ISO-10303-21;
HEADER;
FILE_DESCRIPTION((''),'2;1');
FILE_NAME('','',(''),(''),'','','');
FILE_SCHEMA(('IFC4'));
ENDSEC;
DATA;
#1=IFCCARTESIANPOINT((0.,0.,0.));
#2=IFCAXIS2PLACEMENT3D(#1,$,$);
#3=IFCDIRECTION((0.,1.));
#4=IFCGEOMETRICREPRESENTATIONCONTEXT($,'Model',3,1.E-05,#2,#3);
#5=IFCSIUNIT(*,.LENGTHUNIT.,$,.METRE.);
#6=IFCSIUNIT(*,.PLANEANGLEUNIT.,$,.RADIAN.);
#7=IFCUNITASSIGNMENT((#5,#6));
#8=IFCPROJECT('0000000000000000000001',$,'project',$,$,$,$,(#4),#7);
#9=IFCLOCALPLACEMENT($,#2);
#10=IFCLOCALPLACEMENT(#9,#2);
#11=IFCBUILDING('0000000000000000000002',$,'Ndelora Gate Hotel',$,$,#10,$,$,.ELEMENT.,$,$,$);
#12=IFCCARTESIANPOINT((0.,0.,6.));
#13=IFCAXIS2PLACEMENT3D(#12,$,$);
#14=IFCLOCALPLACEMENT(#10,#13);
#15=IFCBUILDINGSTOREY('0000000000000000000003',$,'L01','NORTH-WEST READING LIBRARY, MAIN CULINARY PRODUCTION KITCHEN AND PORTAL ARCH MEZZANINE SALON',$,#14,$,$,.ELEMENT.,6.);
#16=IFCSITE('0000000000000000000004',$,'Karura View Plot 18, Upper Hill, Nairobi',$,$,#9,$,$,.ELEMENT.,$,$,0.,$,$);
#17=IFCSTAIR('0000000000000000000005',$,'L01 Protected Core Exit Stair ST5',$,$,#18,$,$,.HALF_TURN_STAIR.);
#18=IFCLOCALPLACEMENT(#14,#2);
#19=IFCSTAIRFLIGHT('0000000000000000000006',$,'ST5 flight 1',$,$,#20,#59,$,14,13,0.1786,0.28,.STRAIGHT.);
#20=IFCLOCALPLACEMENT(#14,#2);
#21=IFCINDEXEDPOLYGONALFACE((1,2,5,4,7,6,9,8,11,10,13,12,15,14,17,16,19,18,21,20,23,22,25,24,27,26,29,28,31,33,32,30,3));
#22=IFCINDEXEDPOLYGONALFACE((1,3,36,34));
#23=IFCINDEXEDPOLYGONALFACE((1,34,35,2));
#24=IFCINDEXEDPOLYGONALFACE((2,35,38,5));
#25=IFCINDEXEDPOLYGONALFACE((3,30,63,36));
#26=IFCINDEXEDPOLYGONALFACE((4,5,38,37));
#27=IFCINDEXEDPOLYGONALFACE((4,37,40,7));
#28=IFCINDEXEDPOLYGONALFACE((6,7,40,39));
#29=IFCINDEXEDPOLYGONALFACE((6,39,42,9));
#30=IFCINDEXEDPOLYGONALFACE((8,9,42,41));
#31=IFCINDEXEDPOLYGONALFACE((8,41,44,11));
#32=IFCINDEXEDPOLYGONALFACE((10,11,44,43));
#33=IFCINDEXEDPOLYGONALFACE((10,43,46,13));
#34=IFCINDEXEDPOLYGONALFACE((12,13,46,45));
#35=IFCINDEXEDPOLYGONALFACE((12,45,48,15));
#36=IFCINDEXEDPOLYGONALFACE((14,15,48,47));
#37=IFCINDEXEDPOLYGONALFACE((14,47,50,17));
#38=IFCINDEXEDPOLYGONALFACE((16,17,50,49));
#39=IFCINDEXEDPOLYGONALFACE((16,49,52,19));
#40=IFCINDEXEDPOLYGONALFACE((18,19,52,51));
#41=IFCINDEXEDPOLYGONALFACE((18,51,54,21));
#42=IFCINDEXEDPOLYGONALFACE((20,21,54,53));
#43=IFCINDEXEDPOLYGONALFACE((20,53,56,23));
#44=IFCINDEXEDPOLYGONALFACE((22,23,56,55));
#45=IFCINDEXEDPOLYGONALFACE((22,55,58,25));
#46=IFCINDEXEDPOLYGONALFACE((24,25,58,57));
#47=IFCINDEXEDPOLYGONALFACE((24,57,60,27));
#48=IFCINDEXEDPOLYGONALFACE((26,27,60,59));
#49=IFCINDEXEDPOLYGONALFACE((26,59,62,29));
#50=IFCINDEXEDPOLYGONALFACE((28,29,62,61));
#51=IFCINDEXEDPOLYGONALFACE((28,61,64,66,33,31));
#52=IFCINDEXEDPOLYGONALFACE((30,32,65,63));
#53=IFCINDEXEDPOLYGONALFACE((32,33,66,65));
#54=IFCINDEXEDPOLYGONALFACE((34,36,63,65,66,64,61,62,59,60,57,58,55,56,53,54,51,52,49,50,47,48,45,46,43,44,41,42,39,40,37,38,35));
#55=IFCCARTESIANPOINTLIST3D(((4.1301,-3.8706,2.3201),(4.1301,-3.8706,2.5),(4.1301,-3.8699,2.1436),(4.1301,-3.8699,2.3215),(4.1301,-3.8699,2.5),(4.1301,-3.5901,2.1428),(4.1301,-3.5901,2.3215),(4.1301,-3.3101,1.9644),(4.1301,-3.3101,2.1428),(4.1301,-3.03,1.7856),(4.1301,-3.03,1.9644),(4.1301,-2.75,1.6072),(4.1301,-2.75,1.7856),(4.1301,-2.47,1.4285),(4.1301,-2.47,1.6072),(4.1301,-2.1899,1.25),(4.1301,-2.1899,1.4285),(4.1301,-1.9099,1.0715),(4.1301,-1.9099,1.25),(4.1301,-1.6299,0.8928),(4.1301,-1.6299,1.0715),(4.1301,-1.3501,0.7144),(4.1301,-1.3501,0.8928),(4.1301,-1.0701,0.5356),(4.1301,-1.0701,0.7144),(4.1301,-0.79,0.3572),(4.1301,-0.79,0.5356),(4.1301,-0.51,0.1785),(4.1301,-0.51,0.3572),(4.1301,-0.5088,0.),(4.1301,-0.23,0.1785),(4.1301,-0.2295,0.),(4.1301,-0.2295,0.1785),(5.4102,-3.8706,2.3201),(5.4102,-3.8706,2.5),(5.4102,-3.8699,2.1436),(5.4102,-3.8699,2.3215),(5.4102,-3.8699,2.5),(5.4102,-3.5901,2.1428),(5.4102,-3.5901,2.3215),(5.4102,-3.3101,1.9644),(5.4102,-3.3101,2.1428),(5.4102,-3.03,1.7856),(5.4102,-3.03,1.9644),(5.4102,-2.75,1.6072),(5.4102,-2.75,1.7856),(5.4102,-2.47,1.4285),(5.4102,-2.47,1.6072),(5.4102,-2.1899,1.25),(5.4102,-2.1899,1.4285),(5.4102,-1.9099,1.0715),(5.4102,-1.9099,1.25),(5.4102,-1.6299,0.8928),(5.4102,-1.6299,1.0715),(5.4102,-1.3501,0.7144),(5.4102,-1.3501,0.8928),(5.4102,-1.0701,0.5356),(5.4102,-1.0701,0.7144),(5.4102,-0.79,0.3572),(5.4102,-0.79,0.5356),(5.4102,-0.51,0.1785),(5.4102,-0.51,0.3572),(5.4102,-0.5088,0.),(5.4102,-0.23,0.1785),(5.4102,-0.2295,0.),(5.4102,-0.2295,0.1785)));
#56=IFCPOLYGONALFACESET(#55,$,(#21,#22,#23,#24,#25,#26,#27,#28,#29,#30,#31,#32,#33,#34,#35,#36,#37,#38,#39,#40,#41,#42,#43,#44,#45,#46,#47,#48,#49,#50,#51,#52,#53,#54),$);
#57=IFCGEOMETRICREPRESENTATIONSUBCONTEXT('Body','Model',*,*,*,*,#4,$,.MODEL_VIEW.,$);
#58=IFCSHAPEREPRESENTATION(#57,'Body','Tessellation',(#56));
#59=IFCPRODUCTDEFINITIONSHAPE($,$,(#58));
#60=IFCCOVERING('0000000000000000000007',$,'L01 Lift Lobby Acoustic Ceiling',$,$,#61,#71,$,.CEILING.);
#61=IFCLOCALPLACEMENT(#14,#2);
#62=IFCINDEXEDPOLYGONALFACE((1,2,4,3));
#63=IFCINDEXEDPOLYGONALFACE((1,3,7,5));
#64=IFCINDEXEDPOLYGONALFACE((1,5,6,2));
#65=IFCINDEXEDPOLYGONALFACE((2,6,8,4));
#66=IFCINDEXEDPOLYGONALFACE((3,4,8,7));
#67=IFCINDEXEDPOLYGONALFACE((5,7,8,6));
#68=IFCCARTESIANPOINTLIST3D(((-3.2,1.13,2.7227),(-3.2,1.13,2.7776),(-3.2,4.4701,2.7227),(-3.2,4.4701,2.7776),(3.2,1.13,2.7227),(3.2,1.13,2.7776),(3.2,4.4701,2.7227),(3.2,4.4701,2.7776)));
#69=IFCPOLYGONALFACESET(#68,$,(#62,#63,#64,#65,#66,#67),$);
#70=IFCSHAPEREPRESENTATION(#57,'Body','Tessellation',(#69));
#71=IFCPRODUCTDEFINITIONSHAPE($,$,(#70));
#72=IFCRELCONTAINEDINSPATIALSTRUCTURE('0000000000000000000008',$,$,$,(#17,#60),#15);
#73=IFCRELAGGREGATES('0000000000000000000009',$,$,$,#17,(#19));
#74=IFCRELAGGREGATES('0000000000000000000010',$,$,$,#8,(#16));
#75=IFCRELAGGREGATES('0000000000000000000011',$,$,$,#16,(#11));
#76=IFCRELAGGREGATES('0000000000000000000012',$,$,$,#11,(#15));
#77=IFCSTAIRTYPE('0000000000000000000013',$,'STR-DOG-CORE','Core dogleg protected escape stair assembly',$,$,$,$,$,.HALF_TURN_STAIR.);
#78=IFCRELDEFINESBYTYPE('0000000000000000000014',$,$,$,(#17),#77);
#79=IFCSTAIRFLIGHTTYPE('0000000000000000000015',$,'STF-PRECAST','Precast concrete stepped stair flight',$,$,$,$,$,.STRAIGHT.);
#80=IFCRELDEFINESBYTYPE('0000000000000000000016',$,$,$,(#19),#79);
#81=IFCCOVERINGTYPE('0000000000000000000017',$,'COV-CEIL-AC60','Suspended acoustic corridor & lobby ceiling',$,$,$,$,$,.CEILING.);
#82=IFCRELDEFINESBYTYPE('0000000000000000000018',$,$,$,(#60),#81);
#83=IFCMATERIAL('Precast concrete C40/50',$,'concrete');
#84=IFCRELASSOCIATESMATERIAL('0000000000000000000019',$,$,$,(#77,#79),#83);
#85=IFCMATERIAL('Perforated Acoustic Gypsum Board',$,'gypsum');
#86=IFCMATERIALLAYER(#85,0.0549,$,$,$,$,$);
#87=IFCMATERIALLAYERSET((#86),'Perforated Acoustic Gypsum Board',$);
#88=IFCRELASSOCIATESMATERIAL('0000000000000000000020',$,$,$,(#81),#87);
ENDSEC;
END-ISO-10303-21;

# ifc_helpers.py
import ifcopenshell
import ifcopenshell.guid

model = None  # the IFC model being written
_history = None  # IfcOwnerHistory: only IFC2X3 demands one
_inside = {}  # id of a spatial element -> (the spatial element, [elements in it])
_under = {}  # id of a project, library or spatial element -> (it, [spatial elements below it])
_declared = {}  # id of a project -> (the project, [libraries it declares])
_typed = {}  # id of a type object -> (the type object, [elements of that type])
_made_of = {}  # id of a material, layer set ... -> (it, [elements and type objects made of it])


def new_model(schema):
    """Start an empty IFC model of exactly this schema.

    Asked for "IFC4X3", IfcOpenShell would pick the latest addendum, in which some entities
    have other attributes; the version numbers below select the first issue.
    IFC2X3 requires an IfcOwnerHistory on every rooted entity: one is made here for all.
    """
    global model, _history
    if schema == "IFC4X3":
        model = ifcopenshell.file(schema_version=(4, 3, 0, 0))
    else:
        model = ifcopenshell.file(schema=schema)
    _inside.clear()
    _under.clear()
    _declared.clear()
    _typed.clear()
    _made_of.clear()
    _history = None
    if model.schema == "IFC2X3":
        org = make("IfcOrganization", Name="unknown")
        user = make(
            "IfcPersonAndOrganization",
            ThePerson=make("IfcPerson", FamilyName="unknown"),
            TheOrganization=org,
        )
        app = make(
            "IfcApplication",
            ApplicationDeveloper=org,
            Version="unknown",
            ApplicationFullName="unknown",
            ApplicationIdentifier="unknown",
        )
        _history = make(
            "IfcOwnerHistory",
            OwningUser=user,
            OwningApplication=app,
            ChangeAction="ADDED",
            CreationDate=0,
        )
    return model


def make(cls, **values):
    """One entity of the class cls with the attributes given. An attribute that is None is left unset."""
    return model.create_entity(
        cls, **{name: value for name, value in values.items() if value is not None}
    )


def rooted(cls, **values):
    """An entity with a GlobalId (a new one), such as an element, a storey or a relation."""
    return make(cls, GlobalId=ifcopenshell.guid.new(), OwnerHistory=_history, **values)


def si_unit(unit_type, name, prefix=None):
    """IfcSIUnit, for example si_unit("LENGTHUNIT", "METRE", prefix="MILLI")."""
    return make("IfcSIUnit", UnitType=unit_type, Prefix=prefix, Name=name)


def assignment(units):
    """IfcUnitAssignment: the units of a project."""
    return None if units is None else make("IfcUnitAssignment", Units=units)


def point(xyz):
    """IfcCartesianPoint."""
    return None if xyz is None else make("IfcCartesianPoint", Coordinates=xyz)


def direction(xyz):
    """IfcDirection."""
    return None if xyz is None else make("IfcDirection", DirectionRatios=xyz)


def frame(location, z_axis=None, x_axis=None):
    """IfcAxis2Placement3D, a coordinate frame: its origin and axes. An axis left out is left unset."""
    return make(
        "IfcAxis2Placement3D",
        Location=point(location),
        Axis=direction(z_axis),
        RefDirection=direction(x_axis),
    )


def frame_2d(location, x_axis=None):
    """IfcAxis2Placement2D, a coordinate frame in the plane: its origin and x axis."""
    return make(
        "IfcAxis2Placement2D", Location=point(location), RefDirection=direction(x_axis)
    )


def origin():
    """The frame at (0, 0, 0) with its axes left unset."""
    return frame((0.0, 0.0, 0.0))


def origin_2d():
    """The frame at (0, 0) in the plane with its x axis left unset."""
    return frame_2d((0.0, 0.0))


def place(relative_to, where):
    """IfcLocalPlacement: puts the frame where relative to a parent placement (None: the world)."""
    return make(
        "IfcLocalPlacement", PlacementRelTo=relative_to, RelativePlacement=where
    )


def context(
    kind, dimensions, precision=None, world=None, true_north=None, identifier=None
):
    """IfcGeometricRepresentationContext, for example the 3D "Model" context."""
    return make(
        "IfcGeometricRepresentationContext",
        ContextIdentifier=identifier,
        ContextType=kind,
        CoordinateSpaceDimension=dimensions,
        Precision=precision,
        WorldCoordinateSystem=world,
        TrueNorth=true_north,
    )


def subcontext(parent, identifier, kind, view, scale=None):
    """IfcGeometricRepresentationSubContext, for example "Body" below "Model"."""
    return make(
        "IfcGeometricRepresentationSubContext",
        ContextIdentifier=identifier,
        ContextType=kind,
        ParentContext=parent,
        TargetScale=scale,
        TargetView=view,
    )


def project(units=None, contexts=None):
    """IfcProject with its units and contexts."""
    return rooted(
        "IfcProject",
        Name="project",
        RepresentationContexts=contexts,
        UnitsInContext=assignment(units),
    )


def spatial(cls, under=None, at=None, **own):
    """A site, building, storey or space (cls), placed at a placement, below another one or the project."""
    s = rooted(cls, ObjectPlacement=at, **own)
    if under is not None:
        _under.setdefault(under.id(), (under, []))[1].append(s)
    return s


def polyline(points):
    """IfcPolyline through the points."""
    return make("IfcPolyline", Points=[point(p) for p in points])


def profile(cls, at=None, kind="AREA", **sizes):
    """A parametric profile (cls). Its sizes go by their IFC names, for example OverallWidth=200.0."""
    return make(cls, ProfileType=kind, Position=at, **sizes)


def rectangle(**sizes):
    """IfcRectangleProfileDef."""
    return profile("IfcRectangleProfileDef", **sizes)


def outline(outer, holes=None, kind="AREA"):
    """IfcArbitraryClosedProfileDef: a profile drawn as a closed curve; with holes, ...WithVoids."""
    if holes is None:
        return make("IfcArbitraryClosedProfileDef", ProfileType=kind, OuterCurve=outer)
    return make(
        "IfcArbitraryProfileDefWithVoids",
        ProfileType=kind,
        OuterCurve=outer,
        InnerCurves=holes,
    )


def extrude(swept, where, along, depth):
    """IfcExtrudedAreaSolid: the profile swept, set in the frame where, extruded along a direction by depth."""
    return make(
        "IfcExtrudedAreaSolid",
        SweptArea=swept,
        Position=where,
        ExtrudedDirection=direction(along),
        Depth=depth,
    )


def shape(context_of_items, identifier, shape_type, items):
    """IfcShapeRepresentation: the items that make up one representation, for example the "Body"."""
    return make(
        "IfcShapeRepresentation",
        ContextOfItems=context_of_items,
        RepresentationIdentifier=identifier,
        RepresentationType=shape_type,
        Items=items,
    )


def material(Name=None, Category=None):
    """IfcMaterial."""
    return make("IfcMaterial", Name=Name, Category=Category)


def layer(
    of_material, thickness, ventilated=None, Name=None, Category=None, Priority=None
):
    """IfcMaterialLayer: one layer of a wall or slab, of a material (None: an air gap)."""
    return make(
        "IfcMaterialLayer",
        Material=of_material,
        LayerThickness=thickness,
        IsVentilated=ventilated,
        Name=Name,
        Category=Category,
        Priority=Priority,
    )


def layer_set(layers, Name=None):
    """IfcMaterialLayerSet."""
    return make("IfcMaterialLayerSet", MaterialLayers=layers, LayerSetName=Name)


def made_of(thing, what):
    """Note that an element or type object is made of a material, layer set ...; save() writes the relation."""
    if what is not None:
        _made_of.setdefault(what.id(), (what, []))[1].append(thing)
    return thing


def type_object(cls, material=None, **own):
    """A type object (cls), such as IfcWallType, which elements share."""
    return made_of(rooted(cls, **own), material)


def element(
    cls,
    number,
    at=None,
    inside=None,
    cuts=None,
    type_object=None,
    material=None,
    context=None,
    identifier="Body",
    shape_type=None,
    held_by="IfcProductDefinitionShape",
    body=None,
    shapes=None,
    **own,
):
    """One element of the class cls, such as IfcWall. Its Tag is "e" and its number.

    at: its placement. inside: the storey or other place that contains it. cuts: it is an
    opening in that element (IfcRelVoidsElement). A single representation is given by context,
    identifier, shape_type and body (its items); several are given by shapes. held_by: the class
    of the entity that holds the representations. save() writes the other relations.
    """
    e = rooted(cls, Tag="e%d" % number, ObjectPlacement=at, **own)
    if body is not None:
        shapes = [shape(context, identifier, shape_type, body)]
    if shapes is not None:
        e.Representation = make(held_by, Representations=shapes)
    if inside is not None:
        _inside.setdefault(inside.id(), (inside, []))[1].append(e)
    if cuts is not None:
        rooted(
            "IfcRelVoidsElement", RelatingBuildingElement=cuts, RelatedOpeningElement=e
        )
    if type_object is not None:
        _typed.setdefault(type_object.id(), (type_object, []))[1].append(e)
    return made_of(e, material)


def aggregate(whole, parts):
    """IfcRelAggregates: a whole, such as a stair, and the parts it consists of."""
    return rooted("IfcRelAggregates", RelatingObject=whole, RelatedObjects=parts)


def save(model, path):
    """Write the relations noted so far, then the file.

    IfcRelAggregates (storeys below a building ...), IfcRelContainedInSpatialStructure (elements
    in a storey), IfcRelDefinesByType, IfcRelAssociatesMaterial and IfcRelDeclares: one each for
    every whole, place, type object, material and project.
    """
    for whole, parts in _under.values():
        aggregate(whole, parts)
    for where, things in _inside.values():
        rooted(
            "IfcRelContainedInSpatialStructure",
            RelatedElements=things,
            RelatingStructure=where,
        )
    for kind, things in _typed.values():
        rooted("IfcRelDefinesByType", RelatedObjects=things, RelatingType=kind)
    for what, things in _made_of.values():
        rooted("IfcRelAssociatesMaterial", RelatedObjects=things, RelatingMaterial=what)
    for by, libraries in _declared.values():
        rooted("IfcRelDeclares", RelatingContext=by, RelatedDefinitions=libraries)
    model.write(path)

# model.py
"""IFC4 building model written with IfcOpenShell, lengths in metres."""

from ifc_helpers import new_model, si_unit, direction, frame, origin, origin_2d, place, context, subcontext, project, spatial, polyline, rectangle, outline, extrude, material, layer, layer_set, type_object, element, aggregate, save


model = new_model("IFC4")

# Units and contexts
model_context = context("Model", 3, precision=1e-05, world=origin(), true_north=direction((0.0, 1.0)))
body_context = subcontext(model_context, "Body", "Model", "MODEL_VIEW")
ifc_project = project(units=[si_unit("LENGTHUNIT", "METRE"), si_unit("PLANEANGLEUNIT", "RADIAN")], contexts=[model_context])

# Site, building, storey
site_placement = place(None, origin())
site = spatial("IfcSite", under=ifc_project, at=site_placement, Name="Karura View Plot 18, Upper Hill, Nairobi", CompositionType="ELEMENT", RefElevation=0.0)
building_placement = place(site_placement, origin())
building = spatial("IfcBuilding", under=site, at=building_placement, Name="Ndelora Gate Hotel", CompositionType="ELEMENT")
storey_placement = place(building_placement, frame((0.0, 0.0, 6.0)))
storey = spatial("IfcBuildingStorey", under=building, at=storey_placement, Name="L01", Description="NORTH-WEST READING LIBRARY, MAIN CULINARY PRODUCTION KITCHEN AND PORTAL ARCH MEZZANINE SALON", CompositionType="ELEMENT", Elevation=6.0)

# Stair
ifc_material_1 = material(Name="Precast concrete C40/50", Category="concrete")
stair_type_1 = type_object("IfcStairType", Name="STR-DOG-CORE", Description="Core dogleg protected escape stair assembly", PredefinedType="HALF_TURN_STAIR", material=ifc_material_1)
stair_1_placement = place(storey_placement, origin())
stair_1 = element("IfcStair", 1, at=stair_1_placement, inside=storey, type_object=stair_type_1, Name="L01 Protected Core Exit Stair ST5", PredefinedType="HALF_TURN_STAIR")

# Stair flight
stair_flight_type = type_object("IfcStairFlightType", Name="STF-PRECAST", Description="Precast concrete stepped stair flight", PredefinedType="STRAIGHT", material=ifc_material_1)
stair_flight_placement = place(storey_placement, frame((4.77, -0.23, 0.0), z_axis=(0.0, 0.0, 1.0), x_axis=(0.0, -1.0, 0.0)))
stair_flight = element("IfcStairFlight", 2, at=stair_flight_placement, type_object=stair_flight_type, Name="ST5 flight 1", NumberOfRisers=14, NumberOfTreads=13, PredefinedType="STRAIGHT", RiserHeight=0.1786, TreadLength=0.28, context=body_context, shape_type="SweptSolid", body=[
    extrude(outline(polyline([(-0.0005, 0.0), (-0.0005, 0.1785), (0.0, 0.1785), (0.28, 0.1785), (0.28, 0.3572), (0.5601, 0.3572), (0.5601, 0.5356), (0.8401, 0.5356), (0.8401, 0.7144), (1.1201, 0.7144), (1.1201, 0.8928), (1.3999, 0.8928), (1.3999, 1.0715), (1.6799, 1.0715), (1.6799, 1.25), (1.96, 1.25), (1.96, 1.4285), (2.24, 1.4285), (2.24, 1.6072), (2.52, 1.6072), (2.52, 1.7856), (2.8, 1.7856), (2.8, 1.9644), (3.0801, 1.9644), (3.0801, 2.1428), (3.3601, 2.1428), (3.3601, 2.3215), (3.6399, 2.3215), (3.6399, 2.5), (3.6406, 2.5), (3.6406, 2.3201), (3.6399, 2.1436), (0.2788, 0.0), (-0.0005, 0.0)])), frame((0.0, 0.6401, 0.0), z_axis=(0.0, -1.0, 0.0), x_axis=(1.0, 0.0, 0.0)), (0.0, 0.0, 1.0), 1.28),
])
aggregate(stair_1, [stair_flight])

# Covering
ifc_material_2 = material(Name="Perforated Acoustic Gypsum Board", Category="gypsum")
ifc_layer_1 = layer(ifc_material_2, 0.0549)
ifc_layer_set_1 = layer_set([ifc_layer_1], Name="Perforated Acoustic Gypsum Board")
covering_type = type_object("IfcCoveringType", Name="COV-CEIL-AC60", Description="Suspended acoustic corridor & lobby ceiling", PredefinedType="CEILING", material=ifc_layer_set_1)
covering_placement = place(storey_placement, frame((0.0, 2.8, 2.7227), z_axis=(0.0, 0.0, 1.0), x_axis=(1.0, 0.0, 0.0)))
element("IfcCovering", 3, at=covering_placement, inside=storey, type_object=covering_type, Name="L01 Lift Lobby Acoustic Ceiling", PredefinedType="CEILING", context=body_context, shape_type="SweptSolid", body=[
    extrude(rectangle(XDim=6.3999, YDim=3.3401, at=origin_2d()), origin(), (0.0, 0.0, 1.0), 0.0549),
])

save(model, "model.ifc")
